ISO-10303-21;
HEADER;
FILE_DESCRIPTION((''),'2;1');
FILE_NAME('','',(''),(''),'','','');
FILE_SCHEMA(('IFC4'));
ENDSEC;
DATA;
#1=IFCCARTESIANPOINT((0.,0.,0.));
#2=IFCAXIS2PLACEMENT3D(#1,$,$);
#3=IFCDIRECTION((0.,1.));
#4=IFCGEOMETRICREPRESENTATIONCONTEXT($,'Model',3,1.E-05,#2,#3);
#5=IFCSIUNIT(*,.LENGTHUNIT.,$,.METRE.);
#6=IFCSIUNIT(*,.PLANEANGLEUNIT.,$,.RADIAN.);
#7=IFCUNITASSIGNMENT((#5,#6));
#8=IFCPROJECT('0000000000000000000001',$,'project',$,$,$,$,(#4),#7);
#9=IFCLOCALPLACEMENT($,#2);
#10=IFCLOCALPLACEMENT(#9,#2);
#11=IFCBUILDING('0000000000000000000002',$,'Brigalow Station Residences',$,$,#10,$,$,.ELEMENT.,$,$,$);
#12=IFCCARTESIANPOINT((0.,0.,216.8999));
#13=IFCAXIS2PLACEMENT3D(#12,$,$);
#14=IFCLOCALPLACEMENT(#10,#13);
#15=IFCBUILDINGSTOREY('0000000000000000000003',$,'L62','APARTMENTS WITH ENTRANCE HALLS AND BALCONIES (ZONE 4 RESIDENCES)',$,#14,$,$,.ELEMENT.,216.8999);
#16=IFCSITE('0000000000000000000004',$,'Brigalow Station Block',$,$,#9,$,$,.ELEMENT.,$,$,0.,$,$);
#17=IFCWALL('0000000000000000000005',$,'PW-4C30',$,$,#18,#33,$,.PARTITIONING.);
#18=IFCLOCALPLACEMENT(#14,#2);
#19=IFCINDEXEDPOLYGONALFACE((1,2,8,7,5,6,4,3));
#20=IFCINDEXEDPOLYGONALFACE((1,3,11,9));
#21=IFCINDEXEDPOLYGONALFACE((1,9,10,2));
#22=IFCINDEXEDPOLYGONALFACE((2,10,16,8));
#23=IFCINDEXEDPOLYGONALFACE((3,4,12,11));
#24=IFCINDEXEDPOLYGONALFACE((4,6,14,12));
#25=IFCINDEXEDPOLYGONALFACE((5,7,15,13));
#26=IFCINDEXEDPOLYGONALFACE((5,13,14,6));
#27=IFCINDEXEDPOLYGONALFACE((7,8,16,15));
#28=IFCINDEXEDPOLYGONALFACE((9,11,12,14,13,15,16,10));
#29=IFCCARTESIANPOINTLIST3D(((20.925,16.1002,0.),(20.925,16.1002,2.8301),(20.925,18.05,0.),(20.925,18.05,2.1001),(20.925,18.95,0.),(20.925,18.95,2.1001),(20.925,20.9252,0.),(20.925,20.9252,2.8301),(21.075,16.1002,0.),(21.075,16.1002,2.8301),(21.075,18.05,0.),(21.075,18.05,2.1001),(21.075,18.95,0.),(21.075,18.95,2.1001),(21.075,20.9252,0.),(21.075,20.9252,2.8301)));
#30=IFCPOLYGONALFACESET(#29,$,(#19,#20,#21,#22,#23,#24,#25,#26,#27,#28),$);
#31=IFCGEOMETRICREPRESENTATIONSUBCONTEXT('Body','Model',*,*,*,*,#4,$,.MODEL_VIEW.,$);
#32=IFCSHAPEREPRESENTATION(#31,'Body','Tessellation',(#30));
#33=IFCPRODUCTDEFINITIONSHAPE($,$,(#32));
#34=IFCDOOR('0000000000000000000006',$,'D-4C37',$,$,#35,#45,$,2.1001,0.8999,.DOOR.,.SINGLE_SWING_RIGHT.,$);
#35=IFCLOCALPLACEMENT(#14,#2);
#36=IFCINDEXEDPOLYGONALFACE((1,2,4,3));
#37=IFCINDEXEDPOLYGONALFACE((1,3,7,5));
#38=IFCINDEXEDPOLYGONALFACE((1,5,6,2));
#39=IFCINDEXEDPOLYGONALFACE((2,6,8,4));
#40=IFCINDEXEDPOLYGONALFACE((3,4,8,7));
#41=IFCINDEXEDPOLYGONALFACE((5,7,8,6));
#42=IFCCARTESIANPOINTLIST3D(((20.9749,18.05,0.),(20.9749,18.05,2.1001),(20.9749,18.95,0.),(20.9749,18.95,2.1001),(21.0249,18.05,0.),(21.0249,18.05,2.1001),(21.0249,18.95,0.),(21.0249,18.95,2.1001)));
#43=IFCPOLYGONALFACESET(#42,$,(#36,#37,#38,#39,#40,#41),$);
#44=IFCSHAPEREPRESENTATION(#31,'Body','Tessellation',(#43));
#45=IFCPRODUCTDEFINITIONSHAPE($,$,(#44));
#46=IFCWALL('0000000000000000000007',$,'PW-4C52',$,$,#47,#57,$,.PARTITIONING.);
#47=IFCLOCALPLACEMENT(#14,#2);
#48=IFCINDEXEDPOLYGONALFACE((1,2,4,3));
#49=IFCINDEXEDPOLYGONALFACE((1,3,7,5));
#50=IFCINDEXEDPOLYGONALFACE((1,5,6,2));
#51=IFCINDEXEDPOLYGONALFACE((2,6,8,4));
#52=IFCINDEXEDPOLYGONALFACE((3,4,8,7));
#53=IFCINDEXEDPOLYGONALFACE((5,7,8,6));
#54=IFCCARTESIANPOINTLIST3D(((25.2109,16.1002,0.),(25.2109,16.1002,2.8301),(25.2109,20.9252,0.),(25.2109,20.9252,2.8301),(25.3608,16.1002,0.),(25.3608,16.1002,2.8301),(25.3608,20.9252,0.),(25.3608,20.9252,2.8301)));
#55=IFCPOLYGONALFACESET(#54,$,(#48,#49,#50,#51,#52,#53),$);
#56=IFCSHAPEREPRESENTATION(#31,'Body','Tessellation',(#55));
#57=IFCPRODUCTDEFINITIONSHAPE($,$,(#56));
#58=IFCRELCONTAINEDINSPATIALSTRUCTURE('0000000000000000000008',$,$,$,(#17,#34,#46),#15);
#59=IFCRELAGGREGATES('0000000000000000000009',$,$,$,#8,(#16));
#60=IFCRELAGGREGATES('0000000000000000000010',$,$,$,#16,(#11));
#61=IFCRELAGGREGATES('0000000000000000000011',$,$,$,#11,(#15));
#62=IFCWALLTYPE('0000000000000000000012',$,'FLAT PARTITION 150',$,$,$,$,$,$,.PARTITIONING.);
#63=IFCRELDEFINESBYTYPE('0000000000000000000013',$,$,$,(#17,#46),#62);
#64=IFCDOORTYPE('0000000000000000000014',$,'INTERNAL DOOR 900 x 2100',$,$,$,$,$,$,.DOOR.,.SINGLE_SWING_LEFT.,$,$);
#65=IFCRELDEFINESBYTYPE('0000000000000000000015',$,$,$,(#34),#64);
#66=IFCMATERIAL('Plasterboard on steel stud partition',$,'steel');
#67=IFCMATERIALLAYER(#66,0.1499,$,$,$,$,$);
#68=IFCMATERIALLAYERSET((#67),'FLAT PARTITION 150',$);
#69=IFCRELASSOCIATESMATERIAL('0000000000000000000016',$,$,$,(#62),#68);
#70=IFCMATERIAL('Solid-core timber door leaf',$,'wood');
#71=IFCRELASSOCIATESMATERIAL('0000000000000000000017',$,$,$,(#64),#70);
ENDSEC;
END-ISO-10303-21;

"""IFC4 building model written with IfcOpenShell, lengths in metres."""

from ifc_helpers import new_model, si_unit, direction, frame, frame_2d, origin, place, context, subcontext, project, spatial, rectangle, extrude, material, layer, layer_set, type_object, element, fill, save


model = new_model("IFC4")

# Units and contexts
model_context = context("Model", 3, precision=1e-05, world=origin(), true_north=direction((0.0, 1.0)))
body_context = subcontext(model_context, "Body", "Model", "MODEL_VIEW")
ifc_project = project(units=[si_unit("LENGTHUNIT", "METRE"), si_unit("PLANEANGLEUNIT", "RADIAN")], contexts=[model_context])

# Site, building, storey
site_placement = place(None, origin())
site = spatial("IfcSite", under=ifc_project, at=site_placement, Name="Brigalow Station Block", CompositionType="ELEMENT", RefElevation=0.0)
building_placement = place(site_placement, origin())
building = spatial("IfcBuilding", under=site, at=building_placement, Name="Brigalow Station Residences", CompositionType="ELEMENT")
storey_placement = place(building_placement, frame((0.0, 0.0, 216.8999)))
storey = spatial("IfcBuildingStorey", under=building, at=storey_placement, Name="L62", Description="APARTMENTS WITH ENTRANCE HALLS AND BALCONIES (ZONE 4 RESIDENCES)", CompositionType="ELEMENT", Elevation=216.8999)

# Shared definitions
ifc_material_1 = material(Name="Plasterboard on steel stud partition", Category="steel")
ifc_layer_1 = layer(ifc_material_1, 0.1499)
ifc_layer_set_1 = layer_set([ifc_layer_1], Name="FLAT PARTITION 150")
wall_type_1 = type_object("IfcWallType", Name="FLAT PARTITION 150", PredefinedType="PARTITIONING", material=ifc_layer_set_1)
ifc_material_2 = material(Name="Solid-core timber door leaf", Category="wood")
door_type_1 = type_object("IfcDoorType", Name="INTERNAL DOOR 900 x 2100", OperationType="SINGLE_SWING_LEFT", PredefinedType="DOOR", material=ifc_material_2)

# Wall, opening, door
wall_1_placement = place(storey_placement, frame((21.0, 16.1001, 0.0), z_axis=(0.0, 0.0, 1.0), x_axis=(0.0, 1.0, 0.0)))
wall_1 = element("IfcWall", 1, at=wall_1_placement, inside=storey, type_object=wall_type_1, Name="PW-4C30", PredefinedType="PARTITIONING", context=body_context, shape_type="SweptSolid", body=[
    extrude(rectangle(XDim=4.825, YDim=0.1499, at=frame_2d((2.4126, 0.0))), origin(), (0.0, 0.0, 1.0), 2.8301),
])
opening_1_placement = place(wall_1_placement, frame((1.95, 0.0, 0.0)))
opening_1 = element("IfcOpeningElement", 2, at=opening_1_placement, cuts=wall_1, PredefinedType="OPENING", context=body_context, shape_type="SweptSolid", body=[
    extrude(rectangle(XDim=0.8999, YDim=2.1001, at=frame_2d((0.45, 1.05))), frame((0.0, 0.085, 0.0), z_axis=(0.0, -1.0, 0.0), x_axis=(1.0, 0.0, 0.0)), (0.0, 0.0, 1.0), 0.1699),
])
door_1_placement = place(opening_1_placement, frame((0.8999, 0.0, 0.0), z_axis=(0.0, 0.0, 1.0), x_axis=(-1.0, 0.0, 0.0)))
door_1 = element("IfcDoor", 3, at=door_1_placement, inside=storey, type_object=door_type_1, Name="D-4C37", OperationType="SINGLE_SWING_RIGHT", OverallHeight=2.1001, OverallWidth=0.8999, PredefinedType="DOOR", context=body_context, shape_type="SweptSolid", body=[
    extrude(rectangle(XDim=0.8999, YDim=2.1001, at=frame_2d((0.45, 1.05))), frame((0.0, 0.0249, 0.0), z_axis=(0.0, -1.0, 0.0), x_axis=(1.0, 0.0, 0.0)), (0.0, 0.0, 1.0), 0.05),
])
fill(opening_1, door_1)

# Wall
wall_2_placement = place(storey_placement, frame((25.2859, 16.1001, 0.0), z_axis=(0.0, 0.0, 1.0), x_axis=(0.0, 1.0, 0.0)))
element("IfcWall", 4, at=wall_2_placement, inside=storey, type_object=wall_type_1, Name="PW-4C52", PredefinedType="PARTITIONING", context=body_context, shape_type="SweptSolid", body=[
    extrude(rectangle(XDim=4.825, YDim=0.1499, at=frame_2d((2.4126, 0.0))), origin(), (0.0, 0.0, 1.0), 2.8301),
])

save(model, "model.ifc")
